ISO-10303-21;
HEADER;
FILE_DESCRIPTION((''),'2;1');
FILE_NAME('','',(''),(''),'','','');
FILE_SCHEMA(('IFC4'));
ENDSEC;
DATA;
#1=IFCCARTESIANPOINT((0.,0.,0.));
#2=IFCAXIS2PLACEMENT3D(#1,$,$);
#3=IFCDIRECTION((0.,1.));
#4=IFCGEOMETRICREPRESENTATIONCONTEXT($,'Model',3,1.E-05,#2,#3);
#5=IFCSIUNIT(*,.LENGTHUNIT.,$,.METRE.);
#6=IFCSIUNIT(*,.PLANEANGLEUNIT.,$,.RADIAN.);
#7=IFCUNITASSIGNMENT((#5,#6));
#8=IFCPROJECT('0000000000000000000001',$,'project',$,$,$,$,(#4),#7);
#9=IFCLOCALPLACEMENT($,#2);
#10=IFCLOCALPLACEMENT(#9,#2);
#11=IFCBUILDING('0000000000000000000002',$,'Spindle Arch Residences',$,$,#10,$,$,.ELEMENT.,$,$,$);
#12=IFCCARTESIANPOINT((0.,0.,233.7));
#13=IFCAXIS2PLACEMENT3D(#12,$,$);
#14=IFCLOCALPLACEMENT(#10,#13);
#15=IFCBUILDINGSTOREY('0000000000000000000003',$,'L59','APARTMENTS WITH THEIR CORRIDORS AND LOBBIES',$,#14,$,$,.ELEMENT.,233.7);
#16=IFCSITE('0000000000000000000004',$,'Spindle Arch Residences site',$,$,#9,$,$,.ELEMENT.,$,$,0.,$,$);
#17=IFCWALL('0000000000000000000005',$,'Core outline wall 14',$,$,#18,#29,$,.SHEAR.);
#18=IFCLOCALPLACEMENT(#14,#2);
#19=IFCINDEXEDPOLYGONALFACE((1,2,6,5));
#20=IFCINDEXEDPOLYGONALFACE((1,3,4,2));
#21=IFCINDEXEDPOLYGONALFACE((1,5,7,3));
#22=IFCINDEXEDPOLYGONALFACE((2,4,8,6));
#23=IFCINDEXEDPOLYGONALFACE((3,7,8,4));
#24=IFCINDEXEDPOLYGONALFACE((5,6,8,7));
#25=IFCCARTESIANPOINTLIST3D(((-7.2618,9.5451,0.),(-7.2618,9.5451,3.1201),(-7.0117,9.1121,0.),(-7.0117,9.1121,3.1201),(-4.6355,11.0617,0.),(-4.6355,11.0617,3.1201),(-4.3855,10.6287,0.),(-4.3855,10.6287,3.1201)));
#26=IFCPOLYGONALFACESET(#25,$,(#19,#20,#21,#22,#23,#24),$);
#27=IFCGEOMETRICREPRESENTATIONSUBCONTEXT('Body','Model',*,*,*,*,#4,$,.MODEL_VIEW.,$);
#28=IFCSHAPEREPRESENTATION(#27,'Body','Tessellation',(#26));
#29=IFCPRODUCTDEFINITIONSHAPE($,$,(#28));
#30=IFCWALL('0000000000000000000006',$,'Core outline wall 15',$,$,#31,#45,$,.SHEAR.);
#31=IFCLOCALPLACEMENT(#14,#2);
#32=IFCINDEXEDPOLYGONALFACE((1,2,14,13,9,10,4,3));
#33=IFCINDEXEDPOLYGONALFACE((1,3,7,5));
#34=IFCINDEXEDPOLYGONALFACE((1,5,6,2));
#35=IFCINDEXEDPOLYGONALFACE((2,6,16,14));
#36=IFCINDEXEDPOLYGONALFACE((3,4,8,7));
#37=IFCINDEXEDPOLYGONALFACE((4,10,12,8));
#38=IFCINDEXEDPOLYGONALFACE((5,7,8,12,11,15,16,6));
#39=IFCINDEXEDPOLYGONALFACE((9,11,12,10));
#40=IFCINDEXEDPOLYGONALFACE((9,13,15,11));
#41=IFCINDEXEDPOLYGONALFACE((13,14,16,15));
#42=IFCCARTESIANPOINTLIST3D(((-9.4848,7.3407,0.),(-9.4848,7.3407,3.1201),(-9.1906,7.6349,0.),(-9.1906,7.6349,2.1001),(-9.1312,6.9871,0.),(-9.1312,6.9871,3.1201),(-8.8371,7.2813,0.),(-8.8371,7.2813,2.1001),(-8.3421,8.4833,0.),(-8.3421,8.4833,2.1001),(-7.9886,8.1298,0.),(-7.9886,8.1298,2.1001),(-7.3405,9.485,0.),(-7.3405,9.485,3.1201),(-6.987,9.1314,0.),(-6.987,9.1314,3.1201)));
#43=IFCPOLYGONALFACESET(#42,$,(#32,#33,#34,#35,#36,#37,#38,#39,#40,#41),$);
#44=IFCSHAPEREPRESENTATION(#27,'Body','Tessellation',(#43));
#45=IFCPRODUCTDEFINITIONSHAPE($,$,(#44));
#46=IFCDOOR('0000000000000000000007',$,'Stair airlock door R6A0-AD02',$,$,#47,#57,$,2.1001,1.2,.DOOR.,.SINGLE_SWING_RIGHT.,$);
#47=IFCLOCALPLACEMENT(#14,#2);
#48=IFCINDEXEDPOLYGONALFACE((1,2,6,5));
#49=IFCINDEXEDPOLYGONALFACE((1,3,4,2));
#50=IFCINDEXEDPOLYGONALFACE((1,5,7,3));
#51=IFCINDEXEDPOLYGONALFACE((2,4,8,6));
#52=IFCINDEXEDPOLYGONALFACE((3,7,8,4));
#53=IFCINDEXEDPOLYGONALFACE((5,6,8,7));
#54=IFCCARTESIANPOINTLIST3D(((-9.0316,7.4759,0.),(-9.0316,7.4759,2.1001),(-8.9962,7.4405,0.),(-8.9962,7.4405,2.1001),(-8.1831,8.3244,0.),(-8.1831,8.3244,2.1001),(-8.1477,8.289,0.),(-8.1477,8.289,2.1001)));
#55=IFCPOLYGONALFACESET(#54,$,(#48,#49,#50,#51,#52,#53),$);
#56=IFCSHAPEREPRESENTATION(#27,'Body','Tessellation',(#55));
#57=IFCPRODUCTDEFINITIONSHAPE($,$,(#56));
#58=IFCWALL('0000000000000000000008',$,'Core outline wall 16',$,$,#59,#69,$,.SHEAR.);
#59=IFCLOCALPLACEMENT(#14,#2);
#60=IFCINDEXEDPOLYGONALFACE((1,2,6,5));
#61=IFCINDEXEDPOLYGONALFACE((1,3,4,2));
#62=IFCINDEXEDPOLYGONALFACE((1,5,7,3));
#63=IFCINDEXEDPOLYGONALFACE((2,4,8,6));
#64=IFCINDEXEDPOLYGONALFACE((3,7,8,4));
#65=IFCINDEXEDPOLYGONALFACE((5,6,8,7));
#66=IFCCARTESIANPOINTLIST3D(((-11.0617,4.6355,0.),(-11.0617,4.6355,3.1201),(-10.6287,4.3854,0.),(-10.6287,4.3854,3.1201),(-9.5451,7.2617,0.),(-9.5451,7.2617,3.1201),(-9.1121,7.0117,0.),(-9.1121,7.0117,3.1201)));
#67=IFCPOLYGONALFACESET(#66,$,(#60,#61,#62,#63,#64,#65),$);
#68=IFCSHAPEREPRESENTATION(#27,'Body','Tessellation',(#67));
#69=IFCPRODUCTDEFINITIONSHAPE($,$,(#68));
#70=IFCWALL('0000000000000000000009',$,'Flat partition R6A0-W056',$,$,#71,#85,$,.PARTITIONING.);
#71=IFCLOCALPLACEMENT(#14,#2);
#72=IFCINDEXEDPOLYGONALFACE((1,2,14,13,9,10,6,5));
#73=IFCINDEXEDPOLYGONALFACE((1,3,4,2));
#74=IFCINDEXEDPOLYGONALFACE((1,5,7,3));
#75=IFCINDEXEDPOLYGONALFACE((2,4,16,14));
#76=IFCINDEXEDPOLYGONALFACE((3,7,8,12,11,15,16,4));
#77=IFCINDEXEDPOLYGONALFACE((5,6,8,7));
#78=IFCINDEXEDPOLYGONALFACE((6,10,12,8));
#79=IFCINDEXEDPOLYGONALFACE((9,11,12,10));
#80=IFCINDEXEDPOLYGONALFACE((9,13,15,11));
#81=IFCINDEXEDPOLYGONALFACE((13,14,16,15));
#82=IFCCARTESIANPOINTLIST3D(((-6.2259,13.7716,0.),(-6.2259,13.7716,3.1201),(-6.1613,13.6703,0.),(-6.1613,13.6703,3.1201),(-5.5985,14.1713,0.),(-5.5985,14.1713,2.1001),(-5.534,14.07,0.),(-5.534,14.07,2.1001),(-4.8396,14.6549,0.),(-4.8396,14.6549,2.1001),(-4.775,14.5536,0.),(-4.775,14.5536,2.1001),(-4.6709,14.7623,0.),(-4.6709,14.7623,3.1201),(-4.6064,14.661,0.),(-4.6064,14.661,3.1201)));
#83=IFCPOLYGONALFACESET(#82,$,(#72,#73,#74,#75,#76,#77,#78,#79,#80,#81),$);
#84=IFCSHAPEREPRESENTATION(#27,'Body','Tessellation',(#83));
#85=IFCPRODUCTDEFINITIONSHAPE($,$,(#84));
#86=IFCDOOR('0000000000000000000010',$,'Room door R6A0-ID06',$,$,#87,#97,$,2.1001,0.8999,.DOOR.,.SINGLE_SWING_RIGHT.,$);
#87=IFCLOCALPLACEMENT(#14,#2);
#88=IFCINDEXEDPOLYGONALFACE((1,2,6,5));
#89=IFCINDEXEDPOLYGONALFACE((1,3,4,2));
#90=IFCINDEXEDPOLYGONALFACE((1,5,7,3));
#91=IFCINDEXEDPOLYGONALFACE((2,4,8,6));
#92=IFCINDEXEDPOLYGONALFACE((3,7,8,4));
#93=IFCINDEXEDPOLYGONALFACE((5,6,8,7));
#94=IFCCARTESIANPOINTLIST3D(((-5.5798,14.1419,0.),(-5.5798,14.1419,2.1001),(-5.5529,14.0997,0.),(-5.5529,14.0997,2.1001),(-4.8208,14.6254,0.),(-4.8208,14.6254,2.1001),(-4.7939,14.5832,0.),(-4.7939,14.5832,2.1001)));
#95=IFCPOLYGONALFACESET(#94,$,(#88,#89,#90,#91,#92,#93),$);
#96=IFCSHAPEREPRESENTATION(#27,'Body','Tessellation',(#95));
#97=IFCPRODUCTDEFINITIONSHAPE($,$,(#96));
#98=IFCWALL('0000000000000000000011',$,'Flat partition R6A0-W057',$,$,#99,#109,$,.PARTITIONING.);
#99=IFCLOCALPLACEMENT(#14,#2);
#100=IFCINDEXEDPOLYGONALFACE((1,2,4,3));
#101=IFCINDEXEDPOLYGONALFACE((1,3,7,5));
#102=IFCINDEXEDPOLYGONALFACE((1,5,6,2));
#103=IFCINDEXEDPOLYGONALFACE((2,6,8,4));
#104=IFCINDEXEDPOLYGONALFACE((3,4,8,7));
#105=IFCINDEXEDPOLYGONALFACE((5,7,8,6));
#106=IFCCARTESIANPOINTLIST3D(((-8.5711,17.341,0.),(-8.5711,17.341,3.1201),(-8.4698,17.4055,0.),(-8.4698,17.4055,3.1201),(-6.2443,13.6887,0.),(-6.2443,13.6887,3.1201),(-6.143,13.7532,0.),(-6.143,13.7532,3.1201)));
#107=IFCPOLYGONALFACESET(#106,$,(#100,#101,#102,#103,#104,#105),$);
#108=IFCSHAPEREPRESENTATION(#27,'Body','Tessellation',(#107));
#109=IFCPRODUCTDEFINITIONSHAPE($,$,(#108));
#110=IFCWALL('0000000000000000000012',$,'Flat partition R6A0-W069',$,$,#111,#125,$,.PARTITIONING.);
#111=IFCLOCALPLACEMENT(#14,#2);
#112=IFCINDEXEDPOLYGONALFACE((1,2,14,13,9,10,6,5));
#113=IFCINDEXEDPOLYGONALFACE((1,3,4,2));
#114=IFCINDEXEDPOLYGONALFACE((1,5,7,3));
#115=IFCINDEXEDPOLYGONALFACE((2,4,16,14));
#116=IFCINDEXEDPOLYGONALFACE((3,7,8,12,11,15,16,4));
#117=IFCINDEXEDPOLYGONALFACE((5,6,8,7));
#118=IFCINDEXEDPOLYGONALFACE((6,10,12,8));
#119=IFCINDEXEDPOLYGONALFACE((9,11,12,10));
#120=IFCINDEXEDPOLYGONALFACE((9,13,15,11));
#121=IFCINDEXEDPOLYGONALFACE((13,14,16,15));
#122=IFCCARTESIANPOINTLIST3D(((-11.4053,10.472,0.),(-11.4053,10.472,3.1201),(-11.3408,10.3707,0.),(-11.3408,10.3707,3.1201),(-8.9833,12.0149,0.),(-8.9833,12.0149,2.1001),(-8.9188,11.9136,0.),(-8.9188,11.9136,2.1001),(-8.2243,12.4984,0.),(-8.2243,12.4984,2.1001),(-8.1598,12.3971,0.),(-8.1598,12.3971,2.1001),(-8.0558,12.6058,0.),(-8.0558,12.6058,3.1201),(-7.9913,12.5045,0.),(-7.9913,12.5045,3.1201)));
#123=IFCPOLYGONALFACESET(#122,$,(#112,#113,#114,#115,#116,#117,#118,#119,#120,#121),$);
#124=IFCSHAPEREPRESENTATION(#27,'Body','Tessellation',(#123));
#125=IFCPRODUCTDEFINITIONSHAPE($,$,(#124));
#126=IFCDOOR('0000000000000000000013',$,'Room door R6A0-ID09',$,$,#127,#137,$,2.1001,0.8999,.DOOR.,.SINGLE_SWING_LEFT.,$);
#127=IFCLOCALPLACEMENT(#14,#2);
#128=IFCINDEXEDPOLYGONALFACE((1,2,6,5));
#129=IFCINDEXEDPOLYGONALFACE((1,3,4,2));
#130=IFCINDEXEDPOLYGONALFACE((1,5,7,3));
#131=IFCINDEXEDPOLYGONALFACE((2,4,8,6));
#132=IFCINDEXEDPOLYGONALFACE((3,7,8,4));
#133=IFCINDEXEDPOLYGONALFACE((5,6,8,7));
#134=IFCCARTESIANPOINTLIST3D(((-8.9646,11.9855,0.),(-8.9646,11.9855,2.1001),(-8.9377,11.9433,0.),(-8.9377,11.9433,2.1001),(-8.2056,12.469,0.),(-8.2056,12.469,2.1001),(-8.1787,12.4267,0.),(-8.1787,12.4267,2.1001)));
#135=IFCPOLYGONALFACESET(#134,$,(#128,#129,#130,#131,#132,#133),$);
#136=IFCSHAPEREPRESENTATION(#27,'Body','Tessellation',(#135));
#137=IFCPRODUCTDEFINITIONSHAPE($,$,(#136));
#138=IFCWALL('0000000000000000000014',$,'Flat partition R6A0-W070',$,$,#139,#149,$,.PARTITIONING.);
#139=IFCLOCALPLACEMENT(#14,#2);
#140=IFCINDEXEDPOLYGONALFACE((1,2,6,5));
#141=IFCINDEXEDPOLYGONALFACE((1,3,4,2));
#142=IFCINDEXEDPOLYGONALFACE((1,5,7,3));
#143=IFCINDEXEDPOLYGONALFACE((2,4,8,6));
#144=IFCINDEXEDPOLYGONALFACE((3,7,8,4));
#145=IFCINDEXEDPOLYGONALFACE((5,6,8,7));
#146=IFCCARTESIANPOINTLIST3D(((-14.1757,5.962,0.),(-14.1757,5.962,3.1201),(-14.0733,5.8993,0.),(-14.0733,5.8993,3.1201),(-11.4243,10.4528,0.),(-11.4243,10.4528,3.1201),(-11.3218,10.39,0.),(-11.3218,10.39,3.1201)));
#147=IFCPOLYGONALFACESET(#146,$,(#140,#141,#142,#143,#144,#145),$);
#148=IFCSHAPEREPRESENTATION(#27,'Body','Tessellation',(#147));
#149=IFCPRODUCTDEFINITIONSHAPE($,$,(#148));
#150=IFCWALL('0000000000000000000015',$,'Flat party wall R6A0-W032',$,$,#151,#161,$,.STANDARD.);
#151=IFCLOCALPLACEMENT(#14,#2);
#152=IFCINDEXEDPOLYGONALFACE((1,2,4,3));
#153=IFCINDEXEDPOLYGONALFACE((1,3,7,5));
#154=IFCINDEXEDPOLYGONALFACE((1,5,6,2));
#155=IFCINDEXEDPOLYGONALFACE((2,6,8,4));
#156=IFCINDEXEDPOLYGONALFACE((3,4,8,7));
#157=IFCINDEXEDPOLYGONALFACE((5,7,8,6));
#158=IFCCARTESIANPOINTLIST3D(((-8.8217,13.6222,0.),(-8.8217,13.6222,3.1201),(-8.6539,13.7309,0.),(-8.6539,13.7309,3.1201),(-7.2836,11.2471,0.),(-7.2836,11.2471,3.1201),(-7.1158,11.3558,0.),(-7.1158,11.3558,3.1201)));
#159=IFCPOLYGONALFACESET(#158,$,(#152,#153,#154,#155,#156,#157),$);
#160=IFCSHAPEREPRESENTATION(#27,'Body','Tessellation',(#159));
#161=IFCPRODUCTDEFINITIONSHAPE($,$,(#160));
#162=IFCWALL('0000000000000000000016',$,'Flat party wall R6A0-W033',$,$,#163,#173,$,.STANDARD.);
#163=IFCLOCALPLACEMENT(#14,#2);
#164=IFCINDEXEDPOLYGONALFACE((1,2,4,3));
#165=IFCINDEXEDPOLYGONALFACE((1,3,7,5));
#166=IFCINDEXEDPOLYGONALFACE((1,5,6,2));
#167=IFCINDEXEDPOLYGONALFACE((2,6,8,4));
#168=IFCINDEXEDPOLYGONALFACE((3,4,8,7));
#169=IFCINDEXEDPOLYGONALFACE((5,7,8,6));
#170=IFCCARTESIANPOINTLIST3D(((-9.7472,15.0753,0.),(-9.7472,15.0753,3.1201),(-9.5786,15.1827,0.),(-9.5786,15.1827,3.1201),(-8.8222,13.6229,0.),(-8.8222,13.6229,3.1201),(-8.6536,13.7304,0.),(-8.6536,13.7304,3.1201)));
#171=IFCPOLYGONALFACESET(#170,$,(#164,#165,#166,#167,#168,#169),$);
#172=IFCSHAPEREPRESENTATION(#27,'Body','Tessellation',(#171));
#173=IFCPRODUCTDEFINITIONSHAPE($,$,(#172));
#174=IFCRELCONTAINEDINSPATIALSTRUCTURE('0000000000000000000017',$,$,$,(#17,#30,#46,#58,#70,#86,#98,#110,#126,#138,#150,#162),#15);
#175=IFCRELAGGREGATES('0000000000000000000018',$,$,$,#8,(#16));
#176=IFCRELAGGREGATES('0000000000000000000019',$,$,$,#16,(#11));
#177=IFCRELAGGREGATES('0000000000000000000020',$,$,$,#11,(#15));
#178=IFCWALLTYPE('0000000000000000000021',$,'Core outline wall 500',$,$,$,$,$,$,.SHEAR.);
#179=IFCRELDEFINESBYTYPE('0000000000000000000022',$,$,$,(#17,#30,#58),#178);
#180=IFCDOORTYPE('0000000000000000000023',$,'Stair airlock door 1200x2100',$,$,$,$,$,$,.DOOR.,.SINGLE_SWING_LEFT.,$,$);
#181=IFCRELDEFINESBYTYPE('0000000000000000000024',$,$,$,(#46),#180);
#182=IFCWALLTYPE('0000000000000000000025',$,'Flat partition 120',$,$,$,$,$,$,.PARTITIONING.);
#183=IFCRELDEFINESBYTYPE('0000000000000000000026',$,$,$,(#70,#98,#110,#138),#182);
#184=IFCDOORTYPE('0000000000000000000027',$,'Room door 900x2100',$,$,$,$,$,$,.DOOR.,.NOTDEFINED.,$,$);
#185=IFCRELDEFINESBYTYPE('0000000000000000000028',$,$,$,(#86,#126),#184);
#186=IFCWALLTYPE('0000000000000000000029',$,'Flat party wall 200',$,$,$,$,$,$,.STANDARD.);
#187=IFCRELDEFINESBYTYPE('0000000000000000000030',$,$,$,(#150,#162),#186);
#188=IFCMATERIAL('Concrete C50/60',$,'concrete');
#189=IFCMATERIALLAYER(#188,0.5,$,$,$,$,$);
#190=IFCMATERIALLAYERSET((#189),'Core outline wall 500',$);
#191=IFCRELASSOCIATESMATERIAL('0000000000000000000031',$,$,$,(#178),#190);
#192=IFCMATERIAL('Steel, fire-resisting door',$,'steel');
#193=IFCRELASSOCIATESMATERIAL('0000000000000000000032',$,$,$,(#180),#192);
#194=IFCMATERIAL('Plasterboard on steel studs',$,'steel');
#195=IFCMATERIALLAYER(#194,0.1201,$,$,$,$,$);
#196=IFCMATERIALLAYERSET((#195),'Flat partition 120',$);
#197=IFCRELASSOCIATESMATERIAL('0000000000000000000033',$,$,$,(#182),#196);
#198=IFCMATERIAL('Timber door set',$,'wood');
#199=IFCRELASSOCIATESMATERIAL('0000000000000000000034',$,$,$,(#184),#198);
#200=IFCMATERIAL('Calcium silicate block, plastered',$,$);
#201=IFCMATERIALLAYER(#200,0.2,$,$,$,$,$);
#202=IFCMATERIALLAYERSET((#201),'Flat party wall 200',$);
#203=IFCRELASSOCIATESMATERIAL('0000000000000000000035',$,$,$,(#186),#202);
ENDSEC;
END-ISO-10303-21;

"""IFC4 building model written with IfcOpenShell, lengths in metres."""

from ifc_helpers import new_model, si_unit, direction, frame, frame_2d, origin, place, context, subcontext, project, spatial, rectangle, extrude, material, layer, layer_set, type_object, element, fill, save


model = new_model("IFC4")

# Units and contexts
model_context = context("Model", 3, precision=1e-05, world=origin(), true_north=direction((0.0, 1.0)))
body_context = subcontext(model_context, "Body", "Model", "MODEL_VIEW")
ifc_project = project(units=[si_unit("LENGTHUNIT", "METRE"), si_unit("PLANEANGLEUNIT", "RADIAN")], contexts=[model_context])

# Site, building, storey
site_placement = place(None, origin())
site = spatial("IfcSite", under=ifc_project, at=site_placement, Name="Spindle Arch Residences site", CompositionType="ELEMENT", RefElevation=0.0)
building_placement = place(site_placement, origin())
building = spatial("IfcBuilding", under=site, at=building_placement, Name="Spindle Arch Residences", CompositionType="ELEMENT")
storey_placement = place(building_placement, frame((0.0, 0.0, 233.7)))
storey = spatial("IfcBuildingStorey", under=building, at=storey_placement, Name="L59", Description="APARTMENTS WITH THEIR CORRIDORS AND LOBBIES", CompositionType="ELEMENT", Elevation=233.7)

# Wall
ifc_material_1 = material(Name="Concrete C50/60", Category="concrete")
ifc_layer_1 = layer(ifc_material_1, 0.5)
ifc_layer_set_1 = layer_set([ifc_layer_1], Name="Core outline wall 500")
wall_type_1 = type_object("IfcWallType", Name="Core outline wall 500", PredefinedType="SHEAR", material=ifc_layer_set_1)
wall_1_placement = place(storey_placement, frame((-4.5105, 10.8452, 0.0), z_axis=(0.0, 0.0, 1.0), x_axis=(-0.865975, -0.500087, 0.0)))
element("IfcWall", 1, at=wall_1_placement, inside=storey, type_object=wall_type_1, Name="Core outline wall 14", PredefinedType="SHEAR", context=body_context, shape_type="SweptSolid", body=[
    extrude(rectangle(XDim=3.0327, YDim=0.5, at=frame_2d((1.5164, 0.0))), origin(), (0.0, 0.0, 1.0), 3.1201),
])

# Wall, opening, door
wall_2_placement = place(storey_placement, frame((-7.1638, 9.3081, 0.0), z_axis=(0.0, 0.0, 1.0), x_axis=(-0.707107, -0.707107, 0.0)))
wall_2 = element("IfcWall", 2, at=wall_2_placement, inside=storey, type_object=wall_type_1, Name="Core outline wall 15", PredefinedType="SHEAR", context=body_context, shape_type="SweptSolid", body=[
    extrude(rectangle(XDim=3.0325, YDim=0.5, at=frame_2d((1.5161, 0.0))), origin(), (0.0, 0.0, 1.0), 3.1201),
])
opening_1_placement = place(wall_2_placement, frame((1.4163, 0.0, 0.0)))
opening_1 = element("IfcOpeningElement", 3, at=opening_1_placement, cuts=wall_2, PredefinedType="OPENING", context=body_context, shape_type="SweptSolid", body=[
    extrude(rectangle(XDim=1.2, YDim=2.1001, at=frame_2d((0.6001, 1.05))), frame((0.0, 0.26, 0.0), z_axis=(0.0, -1.0, 0.0), x_axis=(1.0, 0.0, 0.0)), (0.0, 0.0, 1.0), 0.52),
])
ifc_material_2 = material(Name="Steel, fire-resisting door", Category="steel")
door_type_1 = type_object("IfcDoorType", Name="Stair airlock door 1200x2100", OperationType="SINGLE_SWING_LEFT", PredefinedType="DOOR", material=ifc_material_2)
door_1_placement = place(opening_1_placement, origin())
door_1 = element("IfcDoor", 4, at=door_1_placement, inside=storey, type_object=door_type_1, Name="Stair airlock door R6A0-AD02", OperationType="SINGLE_SWING_RIGHT", OverallHeight=2.1001, OverallWidth=1.2, PredefinedType="DOOR", context=body_context, shape_type="SweptSolid", body=[
    extrude(rectangle(XDim=1.2, YDim=2.1001, at=frame_2d((0.6001, 1.05))), frame((0.0, 0.0249, 0.0), z_axis=(0.0, -1.0, 0.0), x_axis=(1.0, 0.0, 0.0)), (0.0, 0.0, 1.0), 0.05),
])
fill(opening_1, door_1)

# Wall
wall_3_placement = place(storey_placement, frame((-9.3286, 7.1367, 0.0), z_axis=(0.0, 0.0, 1.0), x_axis=(-0.500087, -0.865975, 0.0)))
element("IfcWall", 5, at=wall_3_placement, inside=storey, type_object=wall_type_1, Name="Core outline wall 16", PredefinedType="SHEAR", context=body_context, shape_type="SweptSolid", body=[
    extrude(rectangle(XDim=3.0327, YDim=0.5, at=frame_2d((1.5164, 0.0))), origin(), (0.0, 0.0, 1.0), 3.1201),
])

# Wall, opening, door
ifc_material_3 = material(Name="Plasterboard on steel studs", Category="steel")
ifc_layer_2 = layer(ifc_material_3, 0.1201)
ifc_layer_set_2 = layer_set([ifc_layer_2], Name="Flat partition 120")
wall_type_2 = type_object("IfcWallType", Name="Flat partition 120", PredefinedType="PARTITIONING", material=ifc_layer_set_2)
wall_4_placement = place(storey_placement, frame((-4.6387, 14.7117, 0.0), z_axis=(0.0, 0.0, 1.0), x_axis=(-0.843361, -0.537347, 0.0)))
wall_4 = element("IfcWall", 6, at=wall_4_placement, inside=storey, type_object=wall_type_2, Name="Flat partition R6A0-W056", PredefinedType="PARTITIONING", context=body_context, shape_type="SweptSolid", body=[
    extrude(rectangle(XDim=1.8438, YDim=0.1201, at=frame_2d((0.9219, 0.0))), origin(), (0.0, 0.0, 1.0), 3.1201),
])
opening_2_placement = place(wall_4_placement, frame((0.2, 0.0, 0.0)))
opening_2 = element("IfcOpeningElement", 7, at=opening_2_placement, cuts=wall_4, PredefinedType="OPENING", context=body_context, shape_type="SweptSolid", body=[
    extrude(rectangle(XDim=0.8999, YDim=2.1001, at=frame_2d((0.45, 1.05))), frame((0.0, 0.0701, 0.0), z_axis=(0.0, -1.0, 0.0), x_axis=(1.0, 0.0, 0.0)), (0.0, 0.0, 1.0), 0.1401),
])
ifc_material_4 = material(Name="Timber door set", Category="wood")
door_type_2 = type_object("IfcDoorType", Name="Room door 900x2100", OperationType="NOTDEFINED", PredefinedType="DOOR", material=ifc_material_4)
door_2_placement = place(opening_2_placement, origin())
door_2 = element("IfcDoor", 8, at=door_2_placement, inside=storey, type_object=door_type_2, Name="Room door R6A0-ID06", OperationType="SINGLE_SWING_RIGHT", OverallHeight=2.1001, OverallWidth=0.8999, PredefinedType="DOOR", context=body_context, shape_type="SweptSolid", body=[
    extrude(rectangle(XDim=0.8999, YDim=2.1001, at=frame_2d((0.45, 1.05))), frame((0.0, 0.0249, 0.0), z_axis=(0.0, -1.0, 0.0), x_axis=(1.0, 0.0, 0.0)), (0.0, 0.0, 1.0), 0.05),
])
fill(opening_2, door_2)

# Wall
wall_5_placement = place(storey_placement, frame((-6.1936, 13.7209, 0.0), z_axis=(0.0, 0.0, 1.0), x_axis=(-0.537317, 0.84338, 0.0)))
element("IfcWall", 9, at=wall_5_placement, inside=storey, type_object=wall_type_2, Name="Flat partition R6A0-W057", PredefinedType="PARTITIONING", context=body_context, shape_type="SweptSolid", body=[
    extrude(rectangle(XDim=4.3306, YDim=0.1201, at=frame_2d((2.1653, 0.0))), origin(), (0.0, 0.0, 1.0), 3.1201),
])

# Wall, opening, door
wall_6_placement = place(storey_placement, frame((-8.0234, 12.5552, 0.0), z_axis=(0.0, 0.0, 1.0), x_axis=(-0.843408, -0.537273, 0.0)))
wall_6 = element("IfcWall", 10, at=wall_6_placement, inside=storey, type_object=wall_type_2, Name="Flat partition R6A0-W069", PredefinedType="PARTITIONING", context=body_context, shape_type="SweptSolid", body=[
    extrude(rectangle(XDim=3.9714, YDim=0.1201, at=frame_2d((1.9858, 0.0))), origin(), (0.0, 0.0, 1.0), 3.1201),
])
opening_3_placement = place(wall_6_placement, frame((0.2, 0.0, 0.0)))
opening_3 = element("IfcOpeningElement", 11, at=opening_3_placement, cuts=wall_6, PredefinedType="OPENING", context=body_context, shape_type="SweptSolid", body=[
    extrude(rectangle(XDim=0.8999, YDim=2.1001, at=frame_2d((0.45, 1.05))), frame((0.0, 0.0701, 0.0), z_axis=(0.0, -1.0, 0.0), x_axis=(1.0, 0.0, 0.0)), (0.0, 0.0, 1.0), 0.1401),
])
door_3_placement = place(opening_3_placement, origin())
door_3 = element("IfcDoor", 12, at=door_3_placement, inside=storey, type_object=door_type_2, Name="Room door R6A0-ID09", OperationType="SINGLE_SWING_LEFT", OverallHeight=2.1001, OverallWidth=0.8999, PredefinedType="DOOR", context=body_context, shape_type="SweptSolid", body=[
    extrude(rectangle(XDim=0.8999, YDim=2.1001, at=frame_2d((0.45, 1.05))), frame((0.0, 0.0249, 0.0), z_axis=(0.0, -1.0, 0.0), x_axis=(1.0, 0.0, 0.0)), (0.0, 0.0, 1.0), 0.05),
])
fill(opening_3, door_3)

# Walls
wall_7_placement = place(storey_placement, frame((-11.373, 10.4214, 0.0), z_axis=(0.0, 0.0, 1.0), x_axis=(-0.522436, -0.852679, 0.0)))
element("IfcWall", 13, at=wall_7_placement, inside=storey, type_object=wall_type_2, Name="Flat partition R6A0-W070", PredefinedType="PARTITIONING", context=body_context, shape_type="SweptSolid", body=[
    extrude(rectangle(XDim=5.2666, YDim=0.1201, at=frame_2d((2.6333, 0.0))), origin(), (0.0, 0.0, 1.0), 3.1201),
])
ifc_material_5 = material(Name="Calcium silicate block, plastered")
ifc_layer_3 = layer(ifc_material_5, 0.2)
ifc_layer_set_3 = layer_set([ifc_layer_3], Name="Flat party wall 200")
wall_type_3 = type_object("IfcWallType", Name="Flat party wall 200", PredefinedType="STANDARD", material=ifc_layer_set_3)
wall_8_placement = place(storey_placement, frame((-8.7378, 13.6765, 0.0), z_axis=(0.0, 0.0, 1.0), x_axis=(0.54358, -0.839357, 0.0)))
element("IfcWall", 14, at=wall_8_placement, inside=storey, type_object=wall_type_3, Name="Flat party wall R6A0-W032", PredefinedType="STANDARD", context=body_context, shape_type="SweptSolid", body=[
    extrude(rectangle(XDim=2.8296, YDim=0.2, at=frame_2d((1.4148, 0.0))), origin(), (0.0, 0.0, 1.0), 3.1201),
])
wall_9_placement = place(storey_placement, frame((-9.6628, 15.1289, 0.0), z_axis=(0.0, 0.0, 1.0), x_axis=(0.537206, -0.843451, 0.0)))
element("IfcWall", 15, at=wall_9_placement, inside=storey, type_object=wall_type_3, Name="Flat party wall R6A0-W033", PredefinedType="STANDARD", context=body_context, shape_type="SweptSolid", body=[
    extrude(rectangle(XDim=1.7219, YDim=0.2, at=frame_2d((0.8608, 0.0))), origin(), (0.0, 0.0, 1.0), 3.1201),
])

save(model, "model.ifc")
